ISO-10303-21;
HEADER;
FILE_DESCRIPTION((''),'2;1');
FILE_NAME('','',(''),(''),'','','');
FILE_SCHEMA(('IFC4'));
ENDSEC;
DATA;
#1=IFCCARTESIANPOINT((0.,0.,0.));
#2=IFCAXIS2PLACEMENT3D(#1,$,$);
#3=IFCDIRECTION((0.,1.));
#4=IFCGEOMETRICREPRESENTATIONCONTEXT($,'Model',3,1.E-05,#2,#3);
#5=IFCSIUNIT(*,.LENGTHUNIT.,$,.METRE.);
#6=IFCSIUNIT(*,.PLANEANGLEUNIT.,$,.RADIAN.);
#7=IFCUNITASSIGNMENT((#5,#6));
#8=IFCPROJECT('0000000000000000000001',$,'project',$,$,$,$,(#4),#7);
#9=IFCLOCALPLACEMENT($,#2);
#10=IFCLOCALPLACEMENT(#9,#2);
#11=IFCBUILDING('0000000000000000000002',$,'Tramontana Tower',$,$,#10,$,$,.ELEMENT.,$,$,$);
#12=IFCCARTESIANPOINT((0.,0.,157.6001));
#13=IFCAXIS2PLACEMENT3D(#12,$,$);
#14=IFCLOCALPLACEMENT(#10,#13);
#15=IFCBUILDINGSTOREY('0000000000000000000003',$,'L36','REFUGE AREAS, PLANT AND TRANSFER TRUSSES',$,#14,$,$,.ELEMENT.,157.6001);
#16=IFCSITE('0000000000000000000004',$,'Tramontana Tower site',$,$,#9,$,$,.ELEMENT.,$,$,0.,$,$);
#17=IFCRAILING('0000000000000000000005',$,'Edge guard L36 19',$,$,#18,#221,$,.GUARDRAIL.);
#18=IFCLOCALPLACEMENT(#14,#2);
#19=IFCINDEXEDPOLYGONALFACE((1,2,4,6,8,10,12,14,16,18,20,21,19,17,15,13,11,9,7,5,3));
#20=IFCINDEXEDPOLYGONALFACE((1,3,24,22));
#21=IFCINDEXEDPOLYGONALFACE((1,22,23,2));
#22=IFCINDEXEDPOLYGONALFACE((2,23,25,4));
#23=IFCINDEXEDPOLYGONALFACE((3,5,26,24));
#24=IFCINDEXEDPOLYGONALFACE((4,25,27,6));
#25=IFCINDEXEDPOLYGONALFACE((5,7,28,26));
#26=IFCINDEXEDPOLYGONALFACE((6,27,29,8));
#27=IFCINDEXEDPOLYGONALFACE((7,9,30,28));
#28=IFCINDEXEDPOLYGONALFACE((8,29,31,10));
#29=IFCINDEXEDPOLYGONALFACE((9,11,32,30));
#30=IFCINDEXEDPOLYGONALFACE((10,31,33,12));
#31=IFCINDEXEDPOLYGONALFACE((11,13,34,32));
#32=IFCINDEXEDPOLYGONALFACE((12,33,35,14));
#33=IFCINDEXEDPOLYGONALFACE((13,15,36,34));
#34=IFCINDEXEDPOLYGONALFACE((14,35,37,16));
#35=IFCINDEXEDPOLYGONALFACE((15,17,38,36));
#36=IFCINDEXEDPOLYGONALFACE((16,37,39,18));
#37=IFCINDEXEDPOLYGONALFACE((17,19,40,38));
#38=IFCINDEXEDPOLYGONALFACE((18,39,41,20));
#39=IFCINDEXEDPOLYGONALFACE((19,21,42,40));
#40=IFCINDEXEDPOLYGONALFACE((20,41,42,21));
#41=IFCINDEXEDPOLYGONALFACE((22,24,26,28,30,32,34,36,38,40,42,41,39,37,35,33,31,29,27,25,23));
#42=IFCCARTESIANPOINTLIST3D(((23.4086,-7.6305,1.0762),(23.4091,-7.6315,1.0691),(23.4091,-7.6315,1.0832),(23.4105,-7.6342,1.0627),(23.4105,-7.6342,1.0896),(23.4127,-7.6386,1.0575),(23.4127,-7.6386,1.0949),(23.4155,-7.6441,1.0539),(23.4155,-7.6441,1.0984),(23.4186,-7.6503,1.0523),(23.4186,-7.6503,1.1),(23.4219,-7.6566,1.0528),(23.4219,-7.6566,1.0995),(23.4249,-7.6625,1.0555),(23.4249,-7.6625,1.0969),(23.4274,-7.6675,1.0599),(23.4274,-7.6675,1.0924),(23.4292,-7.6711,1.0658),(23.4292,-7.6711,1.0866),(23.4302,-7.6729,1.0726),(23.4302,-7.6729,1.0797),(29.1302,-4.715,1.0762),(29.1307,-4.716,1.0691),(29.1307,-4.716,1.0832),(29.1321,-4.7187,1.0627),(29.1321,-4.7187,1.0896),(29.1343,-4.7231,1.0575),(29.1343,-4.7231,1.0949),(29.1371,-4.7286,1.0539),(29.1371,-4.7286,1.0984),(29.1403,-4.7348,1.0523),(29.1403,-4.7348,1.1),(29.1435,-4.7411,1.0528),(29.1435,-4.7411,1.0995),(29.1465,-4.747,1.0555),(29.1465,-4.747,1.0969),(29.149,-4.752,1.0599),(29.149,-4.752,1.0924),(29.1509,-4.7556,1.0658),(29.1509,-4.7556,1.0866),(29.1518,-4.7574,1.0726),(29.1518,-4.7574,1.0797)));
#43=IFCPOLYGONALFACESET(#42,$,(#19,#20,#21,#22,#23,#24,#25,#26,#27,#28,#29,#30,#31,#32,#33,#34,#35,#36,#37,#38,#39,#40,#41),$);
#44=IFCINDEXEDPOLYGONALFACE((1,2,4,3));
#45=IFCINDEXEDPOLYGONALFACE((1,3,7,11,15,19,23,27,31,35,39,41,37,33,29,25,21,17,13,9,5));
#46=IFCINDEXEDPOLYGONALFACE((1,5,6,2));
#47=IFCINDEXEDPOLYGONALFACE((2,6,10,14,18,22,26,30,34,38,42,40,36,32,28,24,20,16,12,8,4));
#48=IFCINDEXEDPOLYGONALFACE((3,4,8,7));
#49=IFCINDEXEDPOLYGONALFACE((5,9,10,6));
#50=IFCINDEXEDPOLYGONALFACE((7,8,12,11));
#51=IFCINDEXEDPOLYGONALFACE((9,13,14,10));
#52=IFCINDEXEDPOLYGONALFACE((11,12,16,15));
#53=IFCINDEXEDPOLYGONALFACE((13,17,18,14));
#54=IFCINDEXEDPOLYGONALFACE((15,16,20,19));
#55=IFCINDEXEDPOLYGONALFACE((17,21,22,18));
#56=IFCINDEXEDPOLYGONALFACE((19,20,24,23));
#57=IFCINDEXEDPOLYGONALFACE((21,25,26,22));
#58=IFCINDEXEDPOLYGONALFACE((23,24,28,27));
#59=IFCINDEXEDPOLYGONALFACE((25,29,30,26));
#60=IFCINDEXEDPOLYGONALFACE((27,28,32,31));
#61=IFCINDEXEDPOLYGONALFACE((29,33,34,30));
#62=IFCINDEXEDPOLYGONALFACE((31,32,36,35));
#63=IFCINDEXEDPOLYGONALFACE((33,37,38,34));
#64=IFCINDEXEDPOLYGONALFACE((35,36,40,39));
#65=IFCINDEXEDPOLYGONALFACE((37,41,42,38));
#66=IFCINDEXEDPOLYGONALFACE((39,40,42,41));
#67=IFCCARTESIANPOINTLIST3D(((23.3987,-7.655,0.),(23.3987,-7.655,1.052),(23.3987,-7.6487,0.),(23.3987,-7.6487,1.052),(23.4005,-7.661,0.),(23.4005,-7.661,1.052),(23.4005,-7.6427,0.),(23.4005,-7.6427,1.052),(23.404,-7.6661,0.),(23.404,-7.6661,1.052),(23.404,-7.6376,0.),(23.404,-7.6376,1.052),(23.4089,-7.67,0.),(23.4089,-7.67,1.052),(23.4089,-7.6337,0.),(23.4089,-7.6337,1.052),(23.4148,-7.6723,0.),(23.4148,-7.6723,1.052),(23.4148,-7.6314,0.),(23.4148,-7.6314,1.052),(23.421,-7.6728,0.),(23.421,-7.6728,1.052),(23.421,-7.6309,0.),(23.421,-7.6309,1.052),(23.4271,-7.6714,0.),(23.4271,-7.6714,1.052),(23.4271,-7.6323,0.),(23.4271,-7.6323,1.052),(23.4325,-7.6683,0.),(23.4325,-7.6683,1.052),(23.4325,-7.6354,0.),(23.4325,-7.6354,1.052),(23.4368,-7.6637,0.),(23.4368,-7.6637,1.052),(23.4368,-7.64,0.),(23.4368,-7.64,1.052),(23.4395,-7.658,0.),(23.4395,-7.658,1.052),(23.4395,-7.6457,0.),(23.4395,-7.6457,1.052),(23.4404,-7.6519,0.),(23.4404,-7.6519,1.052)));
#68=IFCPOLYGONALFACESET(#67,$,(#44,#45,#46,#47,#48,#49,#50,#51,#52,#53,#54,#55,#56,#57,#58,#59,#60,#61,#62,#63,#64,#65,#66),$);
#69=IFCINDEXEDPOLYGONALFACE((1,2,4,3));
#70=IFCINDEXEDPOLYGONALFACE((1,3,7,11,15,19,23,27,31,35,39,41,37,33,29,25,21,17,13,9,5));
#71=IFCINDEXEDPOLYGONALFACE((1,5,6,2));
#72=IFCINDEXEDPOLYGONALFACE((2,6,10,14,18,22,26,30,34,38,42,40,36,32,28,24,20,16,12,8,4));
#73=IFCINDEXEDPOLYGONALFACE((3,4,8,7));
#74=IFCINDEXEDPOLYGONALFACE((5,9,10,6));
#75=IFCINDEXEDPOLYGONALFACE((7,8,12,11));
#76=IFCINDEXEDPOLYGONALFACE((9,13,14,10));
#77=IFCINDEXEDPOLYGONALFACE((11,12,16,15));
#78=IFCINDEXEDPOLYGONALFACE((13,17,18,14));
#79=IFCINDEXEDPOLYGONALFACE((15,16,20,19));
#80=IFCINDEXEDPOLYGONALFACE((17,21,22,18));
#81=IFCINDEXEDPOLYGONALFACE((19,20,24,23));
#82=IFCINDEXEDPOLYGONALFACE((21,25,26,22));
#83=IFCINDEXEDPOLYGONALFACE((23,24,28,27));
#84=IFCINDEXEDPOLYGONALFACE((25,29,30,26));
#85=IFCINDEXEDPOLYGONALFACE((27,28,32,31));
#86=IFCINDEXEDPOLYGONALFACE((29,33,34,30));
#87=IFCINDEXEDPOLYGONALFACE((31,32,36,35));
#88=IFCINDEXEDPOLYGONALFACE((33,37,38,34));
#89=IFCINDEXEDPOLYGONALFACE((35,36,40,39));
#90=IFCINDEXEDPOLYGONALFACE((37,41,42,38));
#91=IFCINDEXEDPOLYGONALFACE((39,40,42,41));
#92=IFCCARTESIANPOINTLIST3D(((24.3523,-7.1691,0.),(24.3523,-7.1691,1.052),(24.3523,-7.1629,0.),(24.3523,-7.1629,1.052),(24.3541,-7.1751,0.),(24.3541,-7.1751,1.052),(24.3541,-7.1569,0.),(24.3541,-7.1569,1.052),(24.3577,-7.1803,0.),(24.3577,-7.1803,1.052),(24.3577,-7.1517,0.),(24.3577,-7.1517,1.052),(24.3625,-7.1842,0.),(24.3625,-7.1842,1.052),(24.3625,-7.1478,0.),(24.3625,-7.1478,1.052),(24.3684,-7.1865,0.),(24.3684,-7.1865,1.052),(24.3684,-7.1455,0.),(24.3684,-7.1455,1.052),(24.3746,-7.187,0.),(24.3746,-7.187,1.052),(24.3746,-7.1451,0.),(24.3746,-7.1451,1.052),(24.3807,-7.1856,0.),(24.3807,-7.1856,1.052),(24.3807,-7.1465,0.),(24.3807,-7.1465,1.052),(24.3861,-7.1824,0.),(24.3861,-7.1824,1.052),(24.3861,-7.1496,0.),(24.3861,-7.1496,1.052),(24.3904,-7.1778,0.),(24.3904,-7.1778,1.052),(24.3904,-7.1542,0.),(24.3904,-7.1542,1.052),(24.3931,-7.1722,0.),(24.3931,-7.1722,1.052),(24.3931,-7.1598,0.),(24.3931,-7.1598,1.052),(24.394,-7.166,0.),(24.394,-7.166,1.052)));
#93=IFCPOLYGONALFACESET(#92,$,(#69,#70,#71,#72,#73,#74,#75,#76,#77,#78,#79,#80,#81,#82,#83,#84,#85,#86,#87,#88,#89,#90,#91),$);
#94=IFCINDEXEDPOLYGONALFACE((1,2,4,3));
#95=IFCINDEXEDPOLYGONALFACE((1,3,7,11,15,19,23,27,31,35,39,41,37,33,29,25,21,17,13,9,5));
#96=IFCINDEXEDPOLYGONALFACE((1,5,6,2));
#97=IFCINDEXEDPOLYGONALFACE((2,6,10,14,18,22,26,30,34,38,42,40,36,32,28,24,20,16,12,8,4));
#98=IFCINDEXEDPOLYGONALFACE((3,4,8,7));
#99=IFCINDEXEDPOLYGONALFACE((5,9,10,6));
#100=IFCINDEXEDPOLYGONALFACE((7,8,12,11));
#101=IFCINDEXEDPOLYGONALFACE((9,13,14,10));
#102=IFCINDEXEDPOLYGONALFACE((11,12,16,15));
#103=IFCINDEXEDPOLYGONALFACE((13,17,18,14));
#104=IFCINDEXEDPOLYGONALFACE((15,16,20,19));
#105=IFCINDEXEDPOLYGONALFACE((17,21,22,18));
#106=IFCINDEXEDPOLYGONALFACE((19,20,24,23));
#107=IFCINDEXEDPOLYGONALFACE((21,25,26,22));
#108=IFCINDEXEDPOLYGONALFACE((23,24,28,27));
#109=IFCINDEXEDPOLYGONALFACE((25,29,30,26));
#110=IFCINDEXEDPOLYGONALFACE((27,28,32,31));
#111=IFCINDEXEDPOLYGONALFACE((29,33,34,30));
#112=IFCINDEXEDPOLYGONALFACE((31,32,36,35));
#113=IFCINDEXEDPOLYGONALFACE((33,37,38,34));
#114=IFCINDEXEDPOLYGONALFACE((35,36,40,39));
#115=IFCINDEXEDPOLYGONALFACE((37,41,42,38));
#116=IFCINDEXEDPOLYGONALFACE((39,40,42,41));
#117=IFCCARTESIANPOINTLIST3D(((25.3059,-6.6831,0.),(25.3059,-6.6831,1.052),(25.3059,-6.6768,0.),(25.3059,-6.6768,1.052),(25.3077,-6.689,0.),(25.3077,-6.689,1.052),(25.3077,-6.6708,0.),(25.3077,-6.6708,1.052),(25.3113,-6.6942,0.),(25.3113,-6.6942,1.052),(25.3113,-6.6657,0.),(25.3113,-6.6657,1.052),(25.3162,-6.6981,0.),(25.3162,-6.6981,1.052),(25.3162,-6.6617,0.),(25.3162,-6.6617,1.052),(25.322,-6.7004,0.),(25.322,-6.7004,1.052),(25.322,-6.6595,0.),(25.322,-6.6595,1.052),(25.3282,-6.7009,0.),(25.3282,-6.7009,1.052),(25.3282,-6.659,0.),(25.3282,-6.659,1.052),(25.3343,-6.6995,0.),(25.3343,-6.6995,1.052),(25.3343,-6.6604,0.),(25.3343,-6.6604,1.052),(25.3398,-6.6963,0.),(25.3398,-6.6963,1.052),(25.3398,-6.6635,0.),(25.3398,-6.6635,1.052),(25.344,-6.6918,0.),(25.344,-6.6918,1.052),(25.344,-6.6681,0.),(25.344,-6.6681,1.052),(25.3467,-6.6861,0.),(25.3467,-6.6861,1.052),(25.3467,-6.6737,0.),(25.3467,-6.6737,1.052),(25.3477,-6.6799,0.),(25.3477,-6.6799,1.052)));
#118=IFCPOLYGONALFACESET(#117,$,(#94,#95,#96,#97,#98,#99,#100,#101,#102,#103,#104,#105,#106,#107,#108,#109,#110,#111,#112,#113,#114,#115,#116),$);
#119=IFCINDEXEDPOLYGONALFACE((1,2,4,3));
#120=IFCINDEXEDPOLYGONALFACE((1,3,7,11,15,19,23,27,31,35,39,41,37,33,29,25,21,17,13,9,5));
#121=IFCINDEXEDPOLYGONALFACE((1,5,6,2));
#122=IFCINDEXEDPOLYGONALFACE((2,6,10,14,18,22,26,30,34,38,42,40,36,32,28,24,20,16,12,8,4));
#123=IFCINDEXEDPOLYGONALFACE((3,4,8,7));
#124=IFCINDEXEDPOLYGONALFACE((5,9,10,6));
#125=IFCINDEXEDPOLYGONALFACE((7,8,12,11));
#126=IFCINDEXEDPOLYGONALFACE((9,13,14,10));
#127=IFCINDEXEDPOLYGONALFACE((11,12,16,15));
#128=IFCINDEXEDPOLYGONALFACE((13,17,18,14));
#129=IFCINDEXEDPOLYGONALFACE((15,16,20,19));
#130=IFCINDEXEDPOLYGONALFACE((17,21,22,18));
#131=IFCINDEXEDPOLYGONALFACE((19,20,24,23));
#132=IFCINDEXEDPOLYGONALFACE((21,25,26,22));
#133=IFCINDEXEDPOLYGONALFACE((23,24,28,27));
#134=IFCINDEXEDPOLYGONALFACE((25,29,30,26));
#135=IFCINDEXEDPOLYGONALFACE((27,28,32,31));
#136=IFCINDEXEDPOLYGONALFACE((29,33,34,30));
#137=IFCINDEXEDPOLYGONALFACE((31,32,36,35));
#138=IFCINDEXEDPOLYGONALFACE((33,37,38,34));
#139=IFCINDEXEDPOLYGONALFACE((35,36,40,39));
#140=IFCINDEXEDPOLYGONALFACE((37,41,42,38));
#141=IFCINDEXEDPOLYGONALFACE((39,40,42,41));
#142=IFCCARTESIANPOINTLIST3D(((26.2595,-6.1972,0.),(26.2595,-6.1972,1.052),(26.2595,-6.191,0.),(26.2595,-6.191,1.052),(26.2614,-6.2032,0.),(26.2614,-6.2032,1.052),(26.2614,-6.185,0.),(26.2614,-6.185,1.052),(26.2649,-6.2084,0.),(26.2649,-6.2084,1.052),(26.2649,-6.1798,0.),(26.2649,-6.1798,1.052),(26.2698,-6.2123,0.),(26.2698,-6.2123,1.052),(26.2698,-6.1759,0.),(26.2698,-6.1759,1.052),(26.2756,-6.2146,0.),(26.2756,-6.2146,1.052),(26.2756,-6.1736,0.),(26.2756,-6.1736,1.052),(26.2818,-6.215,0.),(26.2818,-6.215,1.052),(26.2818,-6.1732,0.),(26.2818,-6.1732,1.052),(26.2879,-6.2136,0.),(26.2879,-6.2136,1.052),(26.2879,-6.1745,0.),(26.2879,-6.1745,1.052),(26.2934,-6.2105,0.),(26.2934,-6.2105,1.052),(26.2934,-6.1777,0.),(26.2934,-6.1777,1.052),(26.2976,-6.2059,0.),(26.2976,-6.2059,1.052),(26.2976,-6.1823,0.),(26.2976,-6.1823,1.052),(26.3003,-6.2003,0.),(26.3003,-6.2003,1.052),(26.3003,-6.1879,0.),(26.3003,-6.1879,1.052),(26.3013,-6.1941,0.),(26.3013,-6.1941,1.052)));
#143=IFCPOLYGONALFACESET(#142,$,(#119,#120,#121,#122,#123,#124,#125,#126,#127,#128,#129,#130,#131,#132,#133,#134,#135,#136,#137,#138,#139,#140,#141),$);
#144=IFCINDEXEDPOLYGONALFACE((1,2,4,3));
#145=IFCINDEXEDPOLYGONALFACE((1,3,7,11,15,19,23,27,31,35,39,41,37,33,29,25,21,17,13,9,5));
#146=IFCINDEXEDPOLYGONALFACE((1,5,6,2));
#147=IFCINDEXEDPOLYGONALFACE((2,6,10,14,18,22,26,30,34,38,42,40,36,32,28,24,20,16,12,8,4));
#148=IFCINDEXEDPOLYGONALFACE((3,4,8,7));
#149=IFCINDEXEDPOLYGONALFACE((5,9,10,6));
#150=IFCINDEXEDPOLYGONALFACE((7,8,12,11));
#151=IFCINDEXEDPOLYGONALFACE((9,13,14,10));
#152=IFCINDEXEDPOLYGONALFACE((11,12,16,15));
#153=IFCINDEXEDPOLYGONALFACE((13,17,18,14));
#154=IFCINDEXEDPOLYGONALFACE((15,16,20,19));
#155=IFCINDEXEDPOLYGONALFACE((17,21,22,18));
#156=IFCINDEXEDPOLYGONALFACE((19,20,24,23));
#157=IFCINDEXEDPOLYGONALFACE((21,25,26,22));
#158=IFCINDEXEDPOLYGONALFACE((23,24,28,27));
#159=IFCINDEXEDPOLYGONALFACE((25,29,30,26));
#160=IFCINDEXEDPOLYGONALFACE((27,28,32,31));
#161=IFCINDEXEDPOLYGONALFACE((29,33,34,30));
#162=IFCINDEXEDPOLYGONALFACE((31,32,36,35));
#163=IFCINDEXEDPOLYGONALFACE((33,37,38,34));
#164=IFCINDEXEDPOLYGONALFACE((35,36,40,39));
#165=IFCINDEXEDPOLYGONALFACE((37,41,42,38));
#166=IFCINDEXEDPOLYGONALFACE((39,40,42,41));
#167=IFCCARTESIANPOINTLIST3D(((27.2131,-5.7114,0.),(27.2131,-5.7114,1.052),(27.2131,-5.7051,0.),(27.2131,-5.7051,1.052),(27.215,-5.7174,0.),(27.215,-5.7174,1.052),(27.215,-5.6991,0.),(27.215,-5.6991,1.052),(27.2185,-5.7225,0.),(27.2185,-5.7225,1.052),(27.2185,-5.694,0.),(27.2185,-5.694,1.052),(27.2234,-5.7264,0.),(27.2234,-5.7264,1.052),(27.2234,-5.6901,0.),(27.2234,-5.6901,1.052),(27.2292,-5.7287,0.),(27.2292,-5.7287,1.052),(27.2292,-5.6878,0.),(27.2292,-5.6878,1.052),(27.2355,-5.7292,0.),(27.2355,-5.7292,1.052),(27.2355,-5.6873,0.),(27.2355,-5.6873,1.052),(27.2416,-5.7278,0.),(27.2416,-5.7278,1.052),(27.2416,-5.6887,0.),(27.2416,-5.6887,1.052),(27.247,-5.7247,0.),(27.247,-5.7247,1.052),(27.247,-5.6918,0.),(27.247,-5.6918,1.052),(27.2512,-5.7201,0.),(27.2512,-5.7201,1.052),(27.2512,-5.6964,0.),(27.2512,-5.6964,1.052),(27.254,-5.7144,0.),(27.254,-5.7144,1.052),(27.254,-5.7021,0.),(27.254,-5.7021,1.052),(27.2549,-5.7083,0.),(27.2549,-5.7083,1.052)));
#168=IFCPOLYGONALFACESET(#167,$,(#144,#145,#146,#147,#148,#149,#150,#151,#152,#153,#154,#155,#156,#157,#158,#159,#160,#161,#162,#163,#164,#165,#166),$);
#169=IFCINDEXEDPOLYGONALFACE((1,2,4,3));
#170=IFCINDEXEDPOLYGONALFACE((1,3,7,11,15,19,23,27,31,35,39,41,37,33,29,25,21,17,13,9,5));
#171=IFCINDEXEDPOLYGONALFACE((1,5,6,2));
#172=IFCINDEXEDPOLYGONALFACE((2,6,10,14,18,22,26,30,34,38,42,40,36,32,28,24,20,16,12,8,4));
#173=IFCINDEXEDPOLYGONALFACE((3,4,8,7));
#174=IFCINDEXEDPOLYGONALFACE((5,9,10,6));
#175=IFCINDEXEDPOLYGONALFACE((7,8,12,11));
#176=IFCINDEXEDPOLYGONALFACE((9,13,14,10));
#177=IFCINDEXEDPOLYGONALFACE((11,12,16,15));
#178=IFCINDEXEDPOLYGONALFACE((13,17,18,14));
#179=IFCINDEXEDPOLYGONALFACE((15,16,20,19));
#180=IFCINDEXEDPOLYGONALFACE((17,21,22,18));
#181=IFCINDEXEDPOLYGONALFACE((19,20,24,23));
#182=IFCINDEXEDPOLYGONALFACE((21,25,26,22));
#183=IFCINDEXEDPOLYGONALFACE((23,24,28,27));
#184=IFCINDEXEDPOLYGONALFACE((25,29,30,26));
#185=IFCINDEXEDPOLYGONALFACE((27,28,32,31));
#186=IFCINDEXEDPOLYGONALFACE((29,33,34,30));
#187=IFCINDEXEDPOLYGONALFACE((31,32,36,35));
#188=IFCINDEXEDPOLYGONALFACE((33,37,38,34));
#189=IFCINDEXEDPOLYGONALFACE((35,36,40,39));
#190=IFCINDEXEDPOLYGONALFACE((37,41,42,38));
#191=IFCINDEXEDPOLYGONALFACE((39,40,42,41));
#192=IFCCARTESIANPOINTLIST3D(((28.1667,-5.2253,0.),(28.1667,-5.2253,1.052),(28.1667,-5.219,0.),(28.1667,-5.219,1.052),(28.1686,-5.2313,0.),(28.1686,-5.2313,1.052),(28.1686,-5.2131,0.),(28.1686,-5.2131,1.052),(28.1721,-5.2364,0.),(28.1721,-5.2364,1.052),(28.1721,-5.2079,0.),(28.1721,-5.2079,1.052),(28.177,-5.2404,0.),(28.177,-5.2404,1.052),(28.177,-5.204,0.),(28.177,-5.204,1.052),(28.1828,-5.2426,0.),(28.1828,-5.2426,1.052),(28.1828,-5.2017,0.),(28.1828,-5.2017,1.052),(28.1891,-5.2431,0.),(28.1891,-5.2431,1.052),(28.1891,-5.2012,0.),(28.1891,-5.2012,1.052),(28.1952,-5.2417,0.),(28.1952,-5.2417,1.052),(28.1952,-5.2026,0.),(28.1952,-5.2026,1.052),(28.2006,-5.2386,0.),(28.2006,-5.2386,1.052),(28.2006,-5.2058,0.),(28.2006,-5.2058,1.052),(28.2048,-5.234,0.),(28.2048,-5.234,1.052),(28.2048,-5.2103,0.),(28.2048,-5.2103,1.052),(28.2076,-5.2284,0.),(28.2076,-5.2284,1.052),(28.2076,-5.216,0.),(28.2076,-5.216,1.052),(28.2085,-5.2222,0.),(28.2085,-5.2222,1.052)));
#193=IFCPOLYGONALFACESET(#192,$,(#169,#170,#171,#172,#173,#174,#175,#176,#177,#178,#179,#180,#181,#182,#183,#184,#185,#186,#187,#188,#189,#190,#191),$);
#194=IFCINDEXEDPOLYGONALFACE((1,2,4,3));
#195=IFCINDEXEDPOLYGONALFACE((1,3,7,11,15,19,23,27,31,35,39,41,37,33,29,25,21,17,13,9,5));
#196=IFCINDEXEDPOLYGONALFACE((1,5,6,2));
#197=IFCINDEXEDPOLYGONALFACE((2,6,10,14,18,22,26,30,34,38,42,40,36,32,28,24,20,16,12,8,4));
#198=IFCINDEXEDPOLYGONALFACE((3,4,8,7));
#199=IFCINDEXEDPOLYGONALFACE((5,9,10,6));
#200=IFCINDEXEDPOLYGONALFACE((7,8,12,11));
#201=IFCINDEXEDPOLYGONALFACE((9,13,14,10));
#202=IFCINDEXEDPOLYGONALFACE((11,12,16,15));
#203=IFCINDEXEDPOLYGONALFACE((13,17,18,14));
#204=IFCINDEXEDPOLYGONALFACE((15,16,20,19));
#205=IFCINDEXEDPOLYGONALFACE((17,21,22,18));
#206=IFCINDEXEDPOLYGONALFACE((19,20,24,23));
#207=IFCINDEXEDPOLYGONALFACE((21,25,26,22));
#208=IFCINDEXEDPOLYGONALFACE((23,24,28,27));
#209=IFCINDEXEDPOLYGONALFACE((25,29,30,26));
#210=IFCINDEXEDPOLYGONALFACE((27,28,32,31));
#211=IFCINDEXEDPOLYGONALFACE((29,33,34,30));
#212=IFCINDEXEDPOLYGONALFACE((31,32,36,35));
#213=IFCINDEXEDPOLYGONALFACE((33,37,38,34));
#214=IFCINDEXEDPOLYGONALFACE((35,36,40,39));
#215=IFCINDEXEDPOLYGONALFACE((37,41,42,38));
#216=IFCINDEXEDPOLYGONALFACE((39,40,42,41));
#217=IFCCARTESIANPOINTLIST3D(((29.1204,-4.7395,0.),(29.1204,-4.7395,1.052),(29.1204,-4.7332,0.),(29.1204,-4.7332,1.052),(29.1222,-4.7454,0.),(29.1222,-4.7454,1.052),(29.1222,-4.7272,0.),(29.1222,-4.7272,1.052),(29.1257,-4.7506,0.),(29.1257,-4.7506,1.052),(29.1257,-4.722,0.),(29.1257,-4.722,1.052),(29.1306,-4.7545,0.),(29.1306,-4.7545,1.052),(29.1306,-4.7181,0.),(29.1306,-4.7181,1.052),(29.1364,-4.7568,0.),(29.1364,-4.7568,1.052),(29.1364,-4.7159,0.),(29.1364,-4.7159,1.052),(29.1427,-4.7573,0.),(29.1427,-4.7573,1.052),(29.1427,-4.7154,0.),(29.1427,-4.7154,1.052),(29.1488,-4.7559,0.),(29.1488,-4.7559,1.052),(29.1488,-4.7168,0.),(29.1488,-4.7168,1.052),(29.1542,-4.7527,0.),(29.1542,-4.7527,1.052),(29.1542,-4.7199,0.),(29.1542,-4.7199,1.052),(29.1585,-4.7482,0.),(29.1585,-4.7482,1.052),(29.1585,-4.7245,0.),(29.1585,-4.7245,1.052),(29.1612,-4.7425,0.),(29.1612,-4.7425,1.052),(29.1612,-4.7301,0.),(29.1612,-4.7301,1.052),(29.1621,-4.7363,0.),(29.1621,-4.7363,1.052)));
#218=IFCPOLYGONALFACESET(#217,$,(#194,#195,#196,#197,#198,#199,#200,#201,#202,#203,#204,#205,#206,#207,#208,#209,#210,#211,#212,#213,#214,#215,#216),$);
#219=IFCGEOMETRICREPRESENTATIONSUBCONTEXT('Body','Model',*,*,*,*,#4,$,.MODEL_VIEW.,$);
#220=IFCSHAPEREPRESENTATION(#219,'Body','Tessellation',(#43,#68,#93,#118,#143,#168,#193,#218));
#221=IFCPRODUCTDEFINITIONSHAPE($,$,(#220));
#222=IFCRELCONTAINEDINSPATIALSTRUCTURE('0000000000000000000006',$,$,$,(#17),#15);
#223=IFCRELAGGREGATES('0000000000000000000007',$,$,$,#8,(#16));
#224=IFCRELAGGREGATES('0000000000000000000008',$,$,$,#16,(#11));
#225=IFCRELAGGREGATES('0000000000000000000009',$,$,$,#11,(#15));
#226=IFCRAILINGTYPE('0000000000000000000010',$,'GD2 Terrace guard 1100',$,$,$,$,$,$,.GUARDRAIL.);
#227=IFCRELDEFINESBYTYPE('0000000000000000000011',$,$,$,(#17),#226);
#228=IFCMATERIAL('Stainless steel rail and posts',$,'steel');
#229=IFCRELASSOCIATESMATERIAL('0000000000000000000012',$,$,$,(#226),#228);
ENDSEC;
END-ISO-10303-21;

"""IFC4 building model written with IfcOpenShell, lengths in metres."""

from ifc_helpers import new_model, si_unit, direction, frame, origin, origin_2d, place, context, subcontext, project, spatial, circle, extrude, material, type_object, element, save


model = new_model("IFC4")

# Units and contexts
model_context = context("Model", 3, precision=1e-05, world=origin(), true_north=direction((0.0, 1.0)))
body_context = subcontext(model_context, "Body", "Model", "MODEL_VIEW")
ifc_project = project(units=[si_unit("LENGTHUNIT", "METRE"), si_unit("PLANEANGLEUNIT", "RADIAN")], contexts=[model_context])

# Site, building, storey
site_placement = place(None, origin())
site = spatial("IfcSite", under=ifc_project, at=site_placement, Name="Tramontana Tower site", CompositionType="ELEMENT", RefElevation=0.0)
building_placement = place(site_placement, origin())
building = spatial("IfcBuilding", under=site, at=building_placement, Name="Tramontana Tower", CompositionType="ELEMENT")
storey_placement = place(building_placement, frame((0.0, 0.0, 157.6001)))
storey = spatial("IfcBuildingStorey", under=building, at=storey_placement, Name="L36", Description="REFUGE AREAS, PLANT AND TRANSFER TRUSSES", CompositionType="ELEMENT", Elevation=157.6001)

# Railing
ifc_material_1 = material(Name="Stainless steel rail and posts", Category="steel")
railing_type = type_object("IfcRailingType", Name="GD2 Terrace guard 1100", PredefinedType="GUARDRAIL", material=ifc_material_1)
railing_1_placement = place(storey_placement, frame((23.4194, -7.6519, 0.0)))
element("IfcRailing", 1, at=railing_1_placement, inside=storey, type_object=railing_type, Name="Edge guard L36 19", PredefinedType="GUARDRAIL", context=body_context, shape_type="SweptSolid", body=[
    extrude(circle(Radius=0.0239, at=origin_2d()), frame((0.0, 0.0, 1.0762), z_axis=(0.890995, 0.454013, 0.0), x_axis=(-0.454013, 0.890995, 0.0)), (0.0, 0.0, 1.0), 6.4216),
    extrude(circle(Radius=0.021, at=origin_2d()), origin(), (0.0, 0.0, 1.0), 1.052),
    extrude(circle(Radius=0.021, at=origin_2d()), frame((0.9536, 0.4858, 0.0)), (0.0, 0.0, 1.0), 1.052),
    extrude(circle(Radius=0.021, at=origin_2d()), frame((1.9072, 0.9719, 0.0)), (0.0, 0.0, 1.0), 1.052),
    extrude(circle(Radius=0.021, at=origin_2d()), frame((2.8608, 1.4578, 0.0)), (0.0, 0.0, 1.0), 1.052),
    extrude(circle(Radius=0.021, at=origin_2d()), frame((3.8145, 1.9436, 0.0)), (0.0, 0.0, 1.0), 1.052),
    extrude(circle(Radius=0.021, at=origin_2d()), frame((4.7681, 2.4297, 0.0)), (0.0, 0.0, 1.0), 1.052),
    extrude(circle(Radius=0.021, at=origin_2d()), frame((5.7217, 2.9155, 0.0)), (0.0, 0.0, 1.0), 1.052),
])

save(model, "model.ifc")
